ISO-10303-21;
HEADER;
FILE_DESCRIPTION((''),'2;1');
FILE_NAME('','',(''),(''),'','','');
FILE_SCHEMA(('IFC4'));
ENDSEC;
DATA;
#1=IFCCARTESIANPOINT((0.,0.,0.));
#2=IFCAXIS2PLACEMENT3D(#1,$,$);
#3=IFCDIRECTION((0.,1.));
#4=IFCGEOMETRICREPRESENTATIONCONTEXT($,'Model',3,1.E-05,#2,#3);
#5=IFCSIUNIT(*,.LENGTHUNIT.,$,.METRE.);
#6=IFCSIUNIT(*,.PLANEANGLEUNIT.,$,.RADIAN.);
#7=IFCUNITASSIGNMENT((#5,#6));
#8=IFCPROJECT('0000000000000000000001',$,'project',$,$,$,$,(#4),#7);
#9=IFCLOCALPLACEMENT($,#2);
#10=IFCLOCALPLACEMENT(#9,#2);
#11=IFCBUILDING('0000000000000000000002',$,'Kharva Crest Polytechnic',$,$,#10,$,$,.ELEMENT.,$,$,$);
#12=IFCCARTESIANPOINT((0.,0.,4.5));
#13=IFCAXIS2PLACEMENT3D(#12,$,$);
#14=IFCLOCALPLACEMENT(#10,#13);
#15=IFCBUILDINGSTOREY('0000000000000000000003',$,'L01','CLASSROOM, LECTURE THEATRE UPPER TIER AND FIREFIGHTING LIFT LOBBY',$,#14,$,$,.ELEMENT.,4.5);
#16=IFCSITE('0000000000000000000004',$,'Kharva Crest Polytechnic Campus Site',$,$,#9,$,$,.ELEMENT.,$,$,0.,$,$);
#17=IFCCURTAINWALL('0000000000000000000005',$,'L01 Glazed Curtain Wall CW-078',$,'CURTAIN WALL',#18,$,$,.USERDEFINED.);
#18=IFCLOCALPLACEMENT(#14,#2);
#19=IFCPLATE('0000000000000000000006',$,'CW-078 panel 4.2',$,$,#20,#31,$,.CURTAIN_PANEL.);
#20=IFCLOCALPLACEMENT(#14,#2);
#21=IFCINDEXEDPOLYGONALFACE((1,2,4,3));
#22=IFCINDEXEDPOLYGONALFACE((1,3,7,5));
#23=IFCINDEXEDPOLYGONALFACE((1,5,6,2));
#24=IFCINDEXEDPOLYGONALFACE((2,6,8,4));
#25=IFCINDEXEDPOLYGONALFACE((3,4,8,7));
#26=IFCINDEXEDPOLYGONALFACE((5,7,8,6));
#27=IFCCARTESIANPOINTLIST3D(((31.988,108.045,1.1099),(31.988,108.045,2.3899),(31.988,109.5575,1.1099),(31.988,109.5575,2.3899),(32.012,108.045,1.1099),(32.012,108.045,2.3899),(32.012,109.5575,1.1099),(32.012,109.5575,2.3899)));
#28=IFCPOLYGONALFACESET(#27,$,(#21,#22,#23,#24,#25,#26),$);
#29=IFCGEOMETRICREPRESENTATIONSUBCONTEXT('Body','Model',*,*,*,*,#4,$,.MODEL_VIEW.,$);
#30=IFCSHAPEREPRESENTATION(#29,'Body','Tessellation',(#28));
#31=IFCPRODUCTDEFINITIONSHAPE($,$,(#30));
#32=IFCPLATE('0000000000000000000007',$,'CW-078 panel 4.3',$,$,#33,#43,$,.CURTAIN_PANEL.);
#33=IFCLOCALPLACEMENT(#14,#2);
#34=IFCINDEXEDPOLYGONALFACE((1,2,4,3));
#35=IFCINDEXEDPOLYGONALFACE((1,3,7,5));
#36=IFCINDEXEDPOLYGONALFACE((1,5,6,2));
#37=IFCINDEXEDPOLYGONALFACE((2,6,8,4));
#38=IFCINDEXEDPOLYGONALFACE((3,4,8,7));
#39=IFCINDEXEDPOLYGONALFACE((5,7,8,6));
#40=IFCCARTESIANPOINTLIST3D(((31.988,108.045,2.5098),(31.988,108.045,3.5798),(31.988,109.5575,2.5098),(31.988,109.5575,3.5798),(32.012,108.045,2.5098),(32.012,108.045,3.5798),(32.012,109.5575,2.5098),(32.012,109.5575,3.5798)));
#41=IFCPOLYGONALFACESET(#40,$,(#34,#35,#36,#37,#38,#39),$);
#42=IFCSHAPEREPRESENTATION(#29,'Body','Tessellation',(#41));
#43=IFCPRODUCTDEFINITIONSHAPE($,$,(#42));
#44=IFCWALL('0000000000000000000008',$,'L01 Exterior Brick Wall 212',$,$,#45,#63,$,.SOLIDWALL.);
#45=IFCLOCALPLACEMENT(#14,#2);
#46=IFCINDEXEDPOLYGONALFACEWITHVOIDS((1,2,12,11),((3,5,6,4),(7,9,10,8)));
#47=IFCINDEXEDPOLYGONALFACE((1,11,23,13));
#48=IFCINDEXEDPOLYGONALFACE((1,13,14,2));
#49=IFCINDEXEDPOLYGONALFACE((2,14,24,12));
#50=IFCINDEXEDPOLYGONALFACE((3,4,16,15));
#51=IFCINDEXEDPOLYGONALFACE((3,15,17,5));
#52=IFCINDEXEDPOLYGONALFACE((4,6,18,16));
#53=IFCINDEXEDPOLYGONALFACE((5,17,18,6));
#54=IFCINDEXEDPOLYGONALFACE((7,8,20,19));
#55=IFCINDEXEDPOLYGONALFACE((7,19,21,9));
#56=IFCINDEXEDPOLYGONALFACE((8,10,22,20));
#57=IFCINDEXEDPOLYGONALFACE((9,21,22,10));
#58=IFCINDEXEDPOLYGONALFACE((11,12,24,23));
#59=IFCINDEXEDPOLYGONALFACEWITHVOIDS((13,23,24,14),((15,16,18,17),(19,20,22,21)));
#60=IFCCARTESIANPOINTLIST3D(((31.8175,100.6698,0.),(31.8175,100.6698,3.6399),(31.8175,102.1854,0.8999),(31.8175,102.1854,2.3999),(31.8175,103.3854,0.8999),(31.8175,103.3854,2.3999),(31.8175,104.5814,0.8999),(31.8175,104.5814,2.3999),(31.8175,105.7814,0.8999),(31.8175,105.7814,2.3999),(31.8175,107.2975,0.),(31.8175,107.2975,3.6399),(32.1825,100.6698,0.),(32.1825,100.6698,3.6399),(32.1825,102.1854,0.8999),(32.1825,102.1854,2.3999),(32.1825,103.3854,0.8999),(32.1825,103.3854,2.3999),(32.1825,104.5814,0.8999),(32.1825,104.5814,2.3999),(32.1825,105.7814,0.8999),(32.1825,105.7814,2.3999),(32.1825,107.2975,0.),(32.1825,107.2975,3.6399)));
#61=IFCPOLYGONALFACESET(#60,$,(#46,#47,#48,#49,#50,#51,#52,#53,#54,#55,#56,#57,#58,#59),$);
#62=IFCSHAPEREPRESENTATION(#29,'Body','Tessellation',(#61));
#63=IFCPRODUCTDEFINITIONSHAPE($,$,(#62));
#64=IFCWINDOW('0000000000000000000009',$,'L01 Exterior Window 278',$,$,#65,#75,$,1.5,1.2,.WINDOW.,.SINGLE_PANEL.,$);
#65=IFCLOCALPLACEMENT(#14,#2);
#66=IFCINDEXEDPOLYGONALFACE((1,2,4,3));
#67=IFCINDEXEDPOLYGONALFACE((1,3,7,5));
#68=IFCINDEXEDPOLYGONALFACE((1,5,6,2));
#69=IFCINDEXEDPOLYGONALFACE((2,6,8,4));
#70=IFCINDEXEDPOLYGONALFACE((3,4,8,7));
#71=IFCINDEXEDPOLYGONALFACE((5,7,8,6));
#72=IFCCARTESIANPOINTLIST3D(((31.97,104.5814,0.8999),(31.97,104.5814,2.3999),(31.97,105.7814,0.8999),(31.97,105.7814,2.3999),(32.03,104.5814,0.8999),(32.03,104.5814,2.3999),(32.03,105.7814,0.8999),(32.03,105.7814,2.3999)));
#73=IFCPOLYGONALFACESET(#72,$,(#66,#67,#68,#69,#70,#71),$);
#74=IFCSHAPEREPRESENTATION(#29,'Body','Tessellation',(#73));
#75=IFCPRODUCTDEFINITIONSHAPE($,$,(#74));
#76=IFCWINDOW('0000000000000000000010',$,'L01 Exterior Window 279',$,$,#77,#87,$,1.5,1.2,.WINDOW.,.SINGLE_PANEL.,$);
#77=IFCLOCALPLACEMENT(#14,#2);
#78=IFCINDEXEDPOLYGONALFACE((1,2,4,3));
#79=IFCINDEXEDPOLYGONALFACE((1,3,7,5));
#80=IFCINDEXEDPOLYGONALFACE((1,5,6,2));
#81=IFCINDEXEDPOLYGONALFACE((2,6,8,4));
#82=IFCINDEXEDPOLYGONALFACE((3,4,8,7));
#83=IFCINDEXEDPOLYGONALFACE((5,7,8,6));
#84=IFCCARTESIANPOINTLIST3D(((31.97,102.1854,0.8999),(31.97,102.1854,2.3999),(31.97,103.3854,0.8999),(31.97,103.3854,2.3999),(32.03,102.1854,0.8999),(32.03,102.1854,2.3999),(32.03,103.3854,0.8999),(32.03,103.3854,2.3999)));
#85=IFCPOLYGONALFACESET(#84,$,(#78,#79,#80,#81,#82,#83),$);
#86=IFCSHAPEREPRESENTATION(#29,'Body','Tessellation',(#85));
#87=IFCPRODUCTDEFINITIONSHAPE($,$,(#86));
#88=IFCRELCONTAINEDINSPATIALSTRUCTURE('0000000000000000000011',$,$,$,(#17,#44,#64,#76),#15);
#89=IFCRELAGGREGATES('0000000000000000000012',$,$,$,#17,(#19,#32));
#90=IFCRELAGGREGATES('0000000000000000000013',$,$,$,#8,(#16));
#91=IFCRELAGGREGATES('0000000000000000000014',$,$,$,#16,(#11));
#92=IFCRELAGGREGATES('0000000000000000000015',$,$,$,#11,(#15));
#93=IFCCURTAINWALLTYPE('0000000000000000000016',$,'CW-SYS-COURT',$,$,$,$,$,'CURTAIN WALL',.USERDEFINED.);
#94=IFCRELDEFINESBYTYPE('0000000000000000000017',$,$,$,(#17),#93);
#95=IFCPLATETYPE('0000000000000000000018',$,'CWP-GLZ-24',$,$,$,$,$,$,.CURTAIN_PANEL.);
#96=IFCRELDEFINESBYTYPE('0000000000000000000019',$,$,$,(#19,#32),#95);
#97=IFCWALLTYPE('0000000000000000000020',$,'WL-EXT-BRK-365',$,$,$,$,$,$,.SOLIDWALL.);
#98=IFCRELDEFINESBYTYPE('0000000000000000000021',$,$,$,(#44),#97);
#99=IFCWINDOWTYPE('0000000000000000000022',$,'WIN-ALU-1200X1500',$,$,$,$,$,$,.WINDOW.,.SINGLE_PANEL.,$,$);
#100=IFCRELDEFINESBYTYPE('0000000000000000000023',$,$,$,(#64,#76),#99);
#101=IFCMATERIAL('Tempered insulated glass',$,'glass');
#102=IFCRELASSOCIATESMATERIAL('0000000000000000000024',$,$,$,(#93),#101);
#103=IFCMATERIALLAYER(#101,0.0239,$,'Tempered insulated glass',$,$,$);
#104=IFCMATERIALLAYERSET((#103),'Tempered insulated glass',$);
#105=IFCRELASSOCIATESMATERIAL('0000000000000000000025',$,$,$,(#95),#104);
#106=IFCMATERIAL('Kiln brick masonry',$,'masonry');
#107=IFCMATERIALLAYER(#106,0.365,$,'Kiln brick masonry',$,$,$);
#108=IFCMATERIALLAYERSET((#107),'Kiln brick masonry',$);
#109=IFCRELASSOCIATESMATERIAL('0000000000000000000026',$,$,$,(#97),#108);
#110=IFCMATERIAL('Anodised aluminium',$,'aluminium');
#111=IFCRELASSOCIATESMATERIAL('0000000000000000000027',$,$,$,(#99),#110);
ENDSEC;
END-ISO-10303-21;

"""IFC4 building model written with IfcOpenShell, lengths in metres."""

from ifc_helpers import new_model, si_unit, direction, frame, frame_2d, origin, origin_2d, place, context, subcontext, project, spatial, rectangle, extrude, material, layer, layer_set, type_object, element, fill, aggregate, save


model = new_model("IFC4")

# Units and contexts
model_context = context("Model", 3, precision=1e-05, world=origin(), true_north=direction((0.0, 1.0)))
body_context = subcontext(model_context, "Body", "Model", "MODEL_VIEW")
ifc_project = project(units=[si_unit("LENGTHUNIT", "METRE"), si_unit("PLANEANGLEUNIT", "RADIAN")], contexts=[model_context])

# Site, building, storey
site_placement = place(None, origin())
site = spatial("IfcSite", under=ifc_project, at=site_placement, Name="Kharva Crest Polytechnic Campus Site", CompositionType="ELEMENT", RefElevation=0.0)
building_placement = place(site_placement, origin())
building = spatial("IfcBuilding", under=site, at=building_placement, Name="Kharva Crest Polytechnic", CompositionType="ELEMENT")
storey_placement = place(building_placement, frame((0.0, 0.0, 4.5)))
storey = spatial("IfcBuildingStorey", under=building, at=storey_placement, Name="L01", Description="CLASSROOM, LECTURE THEATRE UPPER TIER AND FIREFIGHTING LIFT LOBBY", CompositionType="ELEMENT", Elevation=4.5)

# Curtain wall
ifc_material_1 = material(Name="Tempered insulated glass", Category="glass")
curtain_wall_type = type_object("IfcCurtainWallType", Name="CW-SYS-COURT", ElementType="CURTAIN WALL", PredefinedType="USERDEFINED", material=ifc_material_1)
curtain_wall_placement = place(storey_placement, origin())
curtain_wall = element("IfcCurtainWall", 1, at=curtain_wall_placement, inside=storey, type_object=curtain_wall_type, Name="L01 Glazed Curtain Wall CW-078", ObjectType="CURTAIN WALL", PredefinedType="USERDEFINED")

# Plates
ifc_layer_1 = layer(ifc_material_1, 0.0239, Name="Tempered insulated glass")
ifc_layer_set_1 = layer_set([ifc_layer_1], Name="Tempered insulated glass")
plate_type = type_object("IfcPlateType", Name="CWP-GLZ-24", PredefinedType="CURTAIN_PANEL", material=ifc_layer_set_1)
plate_1_placement = place(storey_placement, frame((32.0, 108.8013, 1.1099), z_axis=(0.0, 0.0, 1.0), x_axis=(0.0, -1.0, 0.0)))
plate_1 = element("IfcPlate", 2, at=plate_1_placement, type_object=plate_type, Name="CW-078 panel 4.2", PredefinedType="CURTAIN_PANEL", context=body_context, shape_type="SweptSolid", body=[
    extrude(rectangle(XDim=1.5125, YDim=0.0239, at=origin_2d()), origin(), (0.0, 0.0, 1.0), 1.28),
])
plate_2_placement = place(storey_placement, frame((32.0, 108.8013, 2.5098), z_axis=(0.0, 0.0, 1.0), x_axis=(0.0, -1.0, 0.0)))
plate_2 = element("IfcPlate", 3, at=plate_2_placement, type_object=plate_type, Name="CW-078 panel 4.3", PredefinedType="CURTAIN_PANEL", context=body_context, shape_type="SweptSolid", body=[
    extrude(rectangle(XDim=1.5125, YDim=0.0239, at=origin_2d()), origin(), (0.0, 0.0, 1.0), 1.0701),
])
aggregate(curtain_wall, [plate_1, plate_2])

# Wall, openings, windows
ifc_material_2 = material(Name="Kiln brick masonry", Category="masonry")
ifc_layer_2 = layer(ifc_material_2, 0.365, Name="Kiln brick masonry")
ifc_layer_set_2 = layer_set([ifc_layer_2], Name="Kiln brick masonry")
wall_type = type_object("IfcWallType", Name="WL-EXT-BRK-365", PredefinedType="SOLIDWALL", material=ifc_layer_set_2)
wall_placement = place(storey_placement, frame((32.0, 107.2976, 0.0), z_axis=(0.0, 0.0, 1.0), x_axis=(0.0, -1.0, 0.0)))
wall = element("IfcWall", 4, at=wall_placement, inside=storey, type_object=wall_type, Name="L01 Exterior Brick Wall 212", PredefinedType="SOLIDWALL", context=body_context, shape_type="SweptSolid", body=[
    extrude(rectangle(XDim=6.6277, YDim=0.365, at=frame_2d((3.314, 0.0))), origin(), (0.0, 0.0, 1.0), 3.6399),
])
opening_1_placement = place(wall_placement, frame((1.5161, 0.0, 0.8999)))
opening_1 = element("IfcOpeningElement", 5, at=opening_1_placement, cuts=wall, PredefinedType="OPENING", context=body_context, shape_type="SweptSolid", body=[
    extrude(rectangle(XDim=1.2, YDim=1.5, at=frame_2d((0.6001, 0.75))), frame((0.0, 0.1924, 0.0), z_axis=(0.0, -1.0, 0.0), x_axis=(1.0, 0.0, 0.0)), (0.0, 0.0, 1.0), 0.385),
])
opening_2_placement = place(wall_placement, frame((3.9121, 0.0, 0.8999)))
opening_2 = element("IfcOpeningElement", 6, at=opening_2_placement, cuts=wall, PredefinedType="OPENING", context=body_context, shape_type="SweptSolid", body=[
    extrude(rectangle(XDim=1.2, YDim=1.5, at=frame_2d((0.6001, 0.75))), frame((0.0, 0.1924, 0.0), z_axis=(0.0, -1.0, 0.0), x_axis=(1.0, 0.0, 0.0)), (0.0, 0.0, 1.0), 0.385),
])
ifc_material_3 = material(Name="Anodised aluminium", Category="aluminium")
window_type = type_object("IfcWindowType", Name="WIN-ALU-1200X1500", PartitioningType="SINGLE_PANEL", PredefinedType="WINDOW", material=ifc_material_3)
window_1_placement = place(opening_1_placement, origin())
window_1 = element("IfcWindow", 7, at=window_1_placement, inside=storey, type_object=window_type, Name="L01 Exterior Window 278", OverallHeight=1.5, OverallWidth=1.2, PartitioningType="SINGLE_PANEL", PredefinedType="WINDOW", context=body_context, shape_type="SweptSolid", body=[
    extrude(rectangle(XDim=1.2, YDim=1.5, at=frame_2d((0.6001, 0.75))), frame((0.0, 0.03, 0.0), z_axis=(0.0, -1.0, 0.0), x_axis=(1.0, 0.0, 0.0)), (0.0, 0.0, 1.0), 0.0601),
])
fill(opening_1, window_1)
window_2_placement = place(opening_2_placement, origin())
window_2 = element("IfcWindow", 8, at=window_2_placement, inside=storey, type_object=window_type, Name="L01 Exterior Window 279", OverallHeight=1.5, OverallWidth=1.2, PartitioningType="SINGLE_PANEL", PredefinedType="WINDOW", context=body_context, shape_type="SweptSolid", body=[
    extrude(rectangle(XDim=1.2, YDim=1.5, at=frame_2d((0.6001, 0.75))), frame((0.0, 0.03, 0.0), z_axis=(0.0, -1.0, 0.0), x_axis=(1.0, 0.0, 0.0)), (0.0, 0.0, 1.0), 0.0601),
])
fill(opening_2, window_2)

save(model, "model.ifc")
